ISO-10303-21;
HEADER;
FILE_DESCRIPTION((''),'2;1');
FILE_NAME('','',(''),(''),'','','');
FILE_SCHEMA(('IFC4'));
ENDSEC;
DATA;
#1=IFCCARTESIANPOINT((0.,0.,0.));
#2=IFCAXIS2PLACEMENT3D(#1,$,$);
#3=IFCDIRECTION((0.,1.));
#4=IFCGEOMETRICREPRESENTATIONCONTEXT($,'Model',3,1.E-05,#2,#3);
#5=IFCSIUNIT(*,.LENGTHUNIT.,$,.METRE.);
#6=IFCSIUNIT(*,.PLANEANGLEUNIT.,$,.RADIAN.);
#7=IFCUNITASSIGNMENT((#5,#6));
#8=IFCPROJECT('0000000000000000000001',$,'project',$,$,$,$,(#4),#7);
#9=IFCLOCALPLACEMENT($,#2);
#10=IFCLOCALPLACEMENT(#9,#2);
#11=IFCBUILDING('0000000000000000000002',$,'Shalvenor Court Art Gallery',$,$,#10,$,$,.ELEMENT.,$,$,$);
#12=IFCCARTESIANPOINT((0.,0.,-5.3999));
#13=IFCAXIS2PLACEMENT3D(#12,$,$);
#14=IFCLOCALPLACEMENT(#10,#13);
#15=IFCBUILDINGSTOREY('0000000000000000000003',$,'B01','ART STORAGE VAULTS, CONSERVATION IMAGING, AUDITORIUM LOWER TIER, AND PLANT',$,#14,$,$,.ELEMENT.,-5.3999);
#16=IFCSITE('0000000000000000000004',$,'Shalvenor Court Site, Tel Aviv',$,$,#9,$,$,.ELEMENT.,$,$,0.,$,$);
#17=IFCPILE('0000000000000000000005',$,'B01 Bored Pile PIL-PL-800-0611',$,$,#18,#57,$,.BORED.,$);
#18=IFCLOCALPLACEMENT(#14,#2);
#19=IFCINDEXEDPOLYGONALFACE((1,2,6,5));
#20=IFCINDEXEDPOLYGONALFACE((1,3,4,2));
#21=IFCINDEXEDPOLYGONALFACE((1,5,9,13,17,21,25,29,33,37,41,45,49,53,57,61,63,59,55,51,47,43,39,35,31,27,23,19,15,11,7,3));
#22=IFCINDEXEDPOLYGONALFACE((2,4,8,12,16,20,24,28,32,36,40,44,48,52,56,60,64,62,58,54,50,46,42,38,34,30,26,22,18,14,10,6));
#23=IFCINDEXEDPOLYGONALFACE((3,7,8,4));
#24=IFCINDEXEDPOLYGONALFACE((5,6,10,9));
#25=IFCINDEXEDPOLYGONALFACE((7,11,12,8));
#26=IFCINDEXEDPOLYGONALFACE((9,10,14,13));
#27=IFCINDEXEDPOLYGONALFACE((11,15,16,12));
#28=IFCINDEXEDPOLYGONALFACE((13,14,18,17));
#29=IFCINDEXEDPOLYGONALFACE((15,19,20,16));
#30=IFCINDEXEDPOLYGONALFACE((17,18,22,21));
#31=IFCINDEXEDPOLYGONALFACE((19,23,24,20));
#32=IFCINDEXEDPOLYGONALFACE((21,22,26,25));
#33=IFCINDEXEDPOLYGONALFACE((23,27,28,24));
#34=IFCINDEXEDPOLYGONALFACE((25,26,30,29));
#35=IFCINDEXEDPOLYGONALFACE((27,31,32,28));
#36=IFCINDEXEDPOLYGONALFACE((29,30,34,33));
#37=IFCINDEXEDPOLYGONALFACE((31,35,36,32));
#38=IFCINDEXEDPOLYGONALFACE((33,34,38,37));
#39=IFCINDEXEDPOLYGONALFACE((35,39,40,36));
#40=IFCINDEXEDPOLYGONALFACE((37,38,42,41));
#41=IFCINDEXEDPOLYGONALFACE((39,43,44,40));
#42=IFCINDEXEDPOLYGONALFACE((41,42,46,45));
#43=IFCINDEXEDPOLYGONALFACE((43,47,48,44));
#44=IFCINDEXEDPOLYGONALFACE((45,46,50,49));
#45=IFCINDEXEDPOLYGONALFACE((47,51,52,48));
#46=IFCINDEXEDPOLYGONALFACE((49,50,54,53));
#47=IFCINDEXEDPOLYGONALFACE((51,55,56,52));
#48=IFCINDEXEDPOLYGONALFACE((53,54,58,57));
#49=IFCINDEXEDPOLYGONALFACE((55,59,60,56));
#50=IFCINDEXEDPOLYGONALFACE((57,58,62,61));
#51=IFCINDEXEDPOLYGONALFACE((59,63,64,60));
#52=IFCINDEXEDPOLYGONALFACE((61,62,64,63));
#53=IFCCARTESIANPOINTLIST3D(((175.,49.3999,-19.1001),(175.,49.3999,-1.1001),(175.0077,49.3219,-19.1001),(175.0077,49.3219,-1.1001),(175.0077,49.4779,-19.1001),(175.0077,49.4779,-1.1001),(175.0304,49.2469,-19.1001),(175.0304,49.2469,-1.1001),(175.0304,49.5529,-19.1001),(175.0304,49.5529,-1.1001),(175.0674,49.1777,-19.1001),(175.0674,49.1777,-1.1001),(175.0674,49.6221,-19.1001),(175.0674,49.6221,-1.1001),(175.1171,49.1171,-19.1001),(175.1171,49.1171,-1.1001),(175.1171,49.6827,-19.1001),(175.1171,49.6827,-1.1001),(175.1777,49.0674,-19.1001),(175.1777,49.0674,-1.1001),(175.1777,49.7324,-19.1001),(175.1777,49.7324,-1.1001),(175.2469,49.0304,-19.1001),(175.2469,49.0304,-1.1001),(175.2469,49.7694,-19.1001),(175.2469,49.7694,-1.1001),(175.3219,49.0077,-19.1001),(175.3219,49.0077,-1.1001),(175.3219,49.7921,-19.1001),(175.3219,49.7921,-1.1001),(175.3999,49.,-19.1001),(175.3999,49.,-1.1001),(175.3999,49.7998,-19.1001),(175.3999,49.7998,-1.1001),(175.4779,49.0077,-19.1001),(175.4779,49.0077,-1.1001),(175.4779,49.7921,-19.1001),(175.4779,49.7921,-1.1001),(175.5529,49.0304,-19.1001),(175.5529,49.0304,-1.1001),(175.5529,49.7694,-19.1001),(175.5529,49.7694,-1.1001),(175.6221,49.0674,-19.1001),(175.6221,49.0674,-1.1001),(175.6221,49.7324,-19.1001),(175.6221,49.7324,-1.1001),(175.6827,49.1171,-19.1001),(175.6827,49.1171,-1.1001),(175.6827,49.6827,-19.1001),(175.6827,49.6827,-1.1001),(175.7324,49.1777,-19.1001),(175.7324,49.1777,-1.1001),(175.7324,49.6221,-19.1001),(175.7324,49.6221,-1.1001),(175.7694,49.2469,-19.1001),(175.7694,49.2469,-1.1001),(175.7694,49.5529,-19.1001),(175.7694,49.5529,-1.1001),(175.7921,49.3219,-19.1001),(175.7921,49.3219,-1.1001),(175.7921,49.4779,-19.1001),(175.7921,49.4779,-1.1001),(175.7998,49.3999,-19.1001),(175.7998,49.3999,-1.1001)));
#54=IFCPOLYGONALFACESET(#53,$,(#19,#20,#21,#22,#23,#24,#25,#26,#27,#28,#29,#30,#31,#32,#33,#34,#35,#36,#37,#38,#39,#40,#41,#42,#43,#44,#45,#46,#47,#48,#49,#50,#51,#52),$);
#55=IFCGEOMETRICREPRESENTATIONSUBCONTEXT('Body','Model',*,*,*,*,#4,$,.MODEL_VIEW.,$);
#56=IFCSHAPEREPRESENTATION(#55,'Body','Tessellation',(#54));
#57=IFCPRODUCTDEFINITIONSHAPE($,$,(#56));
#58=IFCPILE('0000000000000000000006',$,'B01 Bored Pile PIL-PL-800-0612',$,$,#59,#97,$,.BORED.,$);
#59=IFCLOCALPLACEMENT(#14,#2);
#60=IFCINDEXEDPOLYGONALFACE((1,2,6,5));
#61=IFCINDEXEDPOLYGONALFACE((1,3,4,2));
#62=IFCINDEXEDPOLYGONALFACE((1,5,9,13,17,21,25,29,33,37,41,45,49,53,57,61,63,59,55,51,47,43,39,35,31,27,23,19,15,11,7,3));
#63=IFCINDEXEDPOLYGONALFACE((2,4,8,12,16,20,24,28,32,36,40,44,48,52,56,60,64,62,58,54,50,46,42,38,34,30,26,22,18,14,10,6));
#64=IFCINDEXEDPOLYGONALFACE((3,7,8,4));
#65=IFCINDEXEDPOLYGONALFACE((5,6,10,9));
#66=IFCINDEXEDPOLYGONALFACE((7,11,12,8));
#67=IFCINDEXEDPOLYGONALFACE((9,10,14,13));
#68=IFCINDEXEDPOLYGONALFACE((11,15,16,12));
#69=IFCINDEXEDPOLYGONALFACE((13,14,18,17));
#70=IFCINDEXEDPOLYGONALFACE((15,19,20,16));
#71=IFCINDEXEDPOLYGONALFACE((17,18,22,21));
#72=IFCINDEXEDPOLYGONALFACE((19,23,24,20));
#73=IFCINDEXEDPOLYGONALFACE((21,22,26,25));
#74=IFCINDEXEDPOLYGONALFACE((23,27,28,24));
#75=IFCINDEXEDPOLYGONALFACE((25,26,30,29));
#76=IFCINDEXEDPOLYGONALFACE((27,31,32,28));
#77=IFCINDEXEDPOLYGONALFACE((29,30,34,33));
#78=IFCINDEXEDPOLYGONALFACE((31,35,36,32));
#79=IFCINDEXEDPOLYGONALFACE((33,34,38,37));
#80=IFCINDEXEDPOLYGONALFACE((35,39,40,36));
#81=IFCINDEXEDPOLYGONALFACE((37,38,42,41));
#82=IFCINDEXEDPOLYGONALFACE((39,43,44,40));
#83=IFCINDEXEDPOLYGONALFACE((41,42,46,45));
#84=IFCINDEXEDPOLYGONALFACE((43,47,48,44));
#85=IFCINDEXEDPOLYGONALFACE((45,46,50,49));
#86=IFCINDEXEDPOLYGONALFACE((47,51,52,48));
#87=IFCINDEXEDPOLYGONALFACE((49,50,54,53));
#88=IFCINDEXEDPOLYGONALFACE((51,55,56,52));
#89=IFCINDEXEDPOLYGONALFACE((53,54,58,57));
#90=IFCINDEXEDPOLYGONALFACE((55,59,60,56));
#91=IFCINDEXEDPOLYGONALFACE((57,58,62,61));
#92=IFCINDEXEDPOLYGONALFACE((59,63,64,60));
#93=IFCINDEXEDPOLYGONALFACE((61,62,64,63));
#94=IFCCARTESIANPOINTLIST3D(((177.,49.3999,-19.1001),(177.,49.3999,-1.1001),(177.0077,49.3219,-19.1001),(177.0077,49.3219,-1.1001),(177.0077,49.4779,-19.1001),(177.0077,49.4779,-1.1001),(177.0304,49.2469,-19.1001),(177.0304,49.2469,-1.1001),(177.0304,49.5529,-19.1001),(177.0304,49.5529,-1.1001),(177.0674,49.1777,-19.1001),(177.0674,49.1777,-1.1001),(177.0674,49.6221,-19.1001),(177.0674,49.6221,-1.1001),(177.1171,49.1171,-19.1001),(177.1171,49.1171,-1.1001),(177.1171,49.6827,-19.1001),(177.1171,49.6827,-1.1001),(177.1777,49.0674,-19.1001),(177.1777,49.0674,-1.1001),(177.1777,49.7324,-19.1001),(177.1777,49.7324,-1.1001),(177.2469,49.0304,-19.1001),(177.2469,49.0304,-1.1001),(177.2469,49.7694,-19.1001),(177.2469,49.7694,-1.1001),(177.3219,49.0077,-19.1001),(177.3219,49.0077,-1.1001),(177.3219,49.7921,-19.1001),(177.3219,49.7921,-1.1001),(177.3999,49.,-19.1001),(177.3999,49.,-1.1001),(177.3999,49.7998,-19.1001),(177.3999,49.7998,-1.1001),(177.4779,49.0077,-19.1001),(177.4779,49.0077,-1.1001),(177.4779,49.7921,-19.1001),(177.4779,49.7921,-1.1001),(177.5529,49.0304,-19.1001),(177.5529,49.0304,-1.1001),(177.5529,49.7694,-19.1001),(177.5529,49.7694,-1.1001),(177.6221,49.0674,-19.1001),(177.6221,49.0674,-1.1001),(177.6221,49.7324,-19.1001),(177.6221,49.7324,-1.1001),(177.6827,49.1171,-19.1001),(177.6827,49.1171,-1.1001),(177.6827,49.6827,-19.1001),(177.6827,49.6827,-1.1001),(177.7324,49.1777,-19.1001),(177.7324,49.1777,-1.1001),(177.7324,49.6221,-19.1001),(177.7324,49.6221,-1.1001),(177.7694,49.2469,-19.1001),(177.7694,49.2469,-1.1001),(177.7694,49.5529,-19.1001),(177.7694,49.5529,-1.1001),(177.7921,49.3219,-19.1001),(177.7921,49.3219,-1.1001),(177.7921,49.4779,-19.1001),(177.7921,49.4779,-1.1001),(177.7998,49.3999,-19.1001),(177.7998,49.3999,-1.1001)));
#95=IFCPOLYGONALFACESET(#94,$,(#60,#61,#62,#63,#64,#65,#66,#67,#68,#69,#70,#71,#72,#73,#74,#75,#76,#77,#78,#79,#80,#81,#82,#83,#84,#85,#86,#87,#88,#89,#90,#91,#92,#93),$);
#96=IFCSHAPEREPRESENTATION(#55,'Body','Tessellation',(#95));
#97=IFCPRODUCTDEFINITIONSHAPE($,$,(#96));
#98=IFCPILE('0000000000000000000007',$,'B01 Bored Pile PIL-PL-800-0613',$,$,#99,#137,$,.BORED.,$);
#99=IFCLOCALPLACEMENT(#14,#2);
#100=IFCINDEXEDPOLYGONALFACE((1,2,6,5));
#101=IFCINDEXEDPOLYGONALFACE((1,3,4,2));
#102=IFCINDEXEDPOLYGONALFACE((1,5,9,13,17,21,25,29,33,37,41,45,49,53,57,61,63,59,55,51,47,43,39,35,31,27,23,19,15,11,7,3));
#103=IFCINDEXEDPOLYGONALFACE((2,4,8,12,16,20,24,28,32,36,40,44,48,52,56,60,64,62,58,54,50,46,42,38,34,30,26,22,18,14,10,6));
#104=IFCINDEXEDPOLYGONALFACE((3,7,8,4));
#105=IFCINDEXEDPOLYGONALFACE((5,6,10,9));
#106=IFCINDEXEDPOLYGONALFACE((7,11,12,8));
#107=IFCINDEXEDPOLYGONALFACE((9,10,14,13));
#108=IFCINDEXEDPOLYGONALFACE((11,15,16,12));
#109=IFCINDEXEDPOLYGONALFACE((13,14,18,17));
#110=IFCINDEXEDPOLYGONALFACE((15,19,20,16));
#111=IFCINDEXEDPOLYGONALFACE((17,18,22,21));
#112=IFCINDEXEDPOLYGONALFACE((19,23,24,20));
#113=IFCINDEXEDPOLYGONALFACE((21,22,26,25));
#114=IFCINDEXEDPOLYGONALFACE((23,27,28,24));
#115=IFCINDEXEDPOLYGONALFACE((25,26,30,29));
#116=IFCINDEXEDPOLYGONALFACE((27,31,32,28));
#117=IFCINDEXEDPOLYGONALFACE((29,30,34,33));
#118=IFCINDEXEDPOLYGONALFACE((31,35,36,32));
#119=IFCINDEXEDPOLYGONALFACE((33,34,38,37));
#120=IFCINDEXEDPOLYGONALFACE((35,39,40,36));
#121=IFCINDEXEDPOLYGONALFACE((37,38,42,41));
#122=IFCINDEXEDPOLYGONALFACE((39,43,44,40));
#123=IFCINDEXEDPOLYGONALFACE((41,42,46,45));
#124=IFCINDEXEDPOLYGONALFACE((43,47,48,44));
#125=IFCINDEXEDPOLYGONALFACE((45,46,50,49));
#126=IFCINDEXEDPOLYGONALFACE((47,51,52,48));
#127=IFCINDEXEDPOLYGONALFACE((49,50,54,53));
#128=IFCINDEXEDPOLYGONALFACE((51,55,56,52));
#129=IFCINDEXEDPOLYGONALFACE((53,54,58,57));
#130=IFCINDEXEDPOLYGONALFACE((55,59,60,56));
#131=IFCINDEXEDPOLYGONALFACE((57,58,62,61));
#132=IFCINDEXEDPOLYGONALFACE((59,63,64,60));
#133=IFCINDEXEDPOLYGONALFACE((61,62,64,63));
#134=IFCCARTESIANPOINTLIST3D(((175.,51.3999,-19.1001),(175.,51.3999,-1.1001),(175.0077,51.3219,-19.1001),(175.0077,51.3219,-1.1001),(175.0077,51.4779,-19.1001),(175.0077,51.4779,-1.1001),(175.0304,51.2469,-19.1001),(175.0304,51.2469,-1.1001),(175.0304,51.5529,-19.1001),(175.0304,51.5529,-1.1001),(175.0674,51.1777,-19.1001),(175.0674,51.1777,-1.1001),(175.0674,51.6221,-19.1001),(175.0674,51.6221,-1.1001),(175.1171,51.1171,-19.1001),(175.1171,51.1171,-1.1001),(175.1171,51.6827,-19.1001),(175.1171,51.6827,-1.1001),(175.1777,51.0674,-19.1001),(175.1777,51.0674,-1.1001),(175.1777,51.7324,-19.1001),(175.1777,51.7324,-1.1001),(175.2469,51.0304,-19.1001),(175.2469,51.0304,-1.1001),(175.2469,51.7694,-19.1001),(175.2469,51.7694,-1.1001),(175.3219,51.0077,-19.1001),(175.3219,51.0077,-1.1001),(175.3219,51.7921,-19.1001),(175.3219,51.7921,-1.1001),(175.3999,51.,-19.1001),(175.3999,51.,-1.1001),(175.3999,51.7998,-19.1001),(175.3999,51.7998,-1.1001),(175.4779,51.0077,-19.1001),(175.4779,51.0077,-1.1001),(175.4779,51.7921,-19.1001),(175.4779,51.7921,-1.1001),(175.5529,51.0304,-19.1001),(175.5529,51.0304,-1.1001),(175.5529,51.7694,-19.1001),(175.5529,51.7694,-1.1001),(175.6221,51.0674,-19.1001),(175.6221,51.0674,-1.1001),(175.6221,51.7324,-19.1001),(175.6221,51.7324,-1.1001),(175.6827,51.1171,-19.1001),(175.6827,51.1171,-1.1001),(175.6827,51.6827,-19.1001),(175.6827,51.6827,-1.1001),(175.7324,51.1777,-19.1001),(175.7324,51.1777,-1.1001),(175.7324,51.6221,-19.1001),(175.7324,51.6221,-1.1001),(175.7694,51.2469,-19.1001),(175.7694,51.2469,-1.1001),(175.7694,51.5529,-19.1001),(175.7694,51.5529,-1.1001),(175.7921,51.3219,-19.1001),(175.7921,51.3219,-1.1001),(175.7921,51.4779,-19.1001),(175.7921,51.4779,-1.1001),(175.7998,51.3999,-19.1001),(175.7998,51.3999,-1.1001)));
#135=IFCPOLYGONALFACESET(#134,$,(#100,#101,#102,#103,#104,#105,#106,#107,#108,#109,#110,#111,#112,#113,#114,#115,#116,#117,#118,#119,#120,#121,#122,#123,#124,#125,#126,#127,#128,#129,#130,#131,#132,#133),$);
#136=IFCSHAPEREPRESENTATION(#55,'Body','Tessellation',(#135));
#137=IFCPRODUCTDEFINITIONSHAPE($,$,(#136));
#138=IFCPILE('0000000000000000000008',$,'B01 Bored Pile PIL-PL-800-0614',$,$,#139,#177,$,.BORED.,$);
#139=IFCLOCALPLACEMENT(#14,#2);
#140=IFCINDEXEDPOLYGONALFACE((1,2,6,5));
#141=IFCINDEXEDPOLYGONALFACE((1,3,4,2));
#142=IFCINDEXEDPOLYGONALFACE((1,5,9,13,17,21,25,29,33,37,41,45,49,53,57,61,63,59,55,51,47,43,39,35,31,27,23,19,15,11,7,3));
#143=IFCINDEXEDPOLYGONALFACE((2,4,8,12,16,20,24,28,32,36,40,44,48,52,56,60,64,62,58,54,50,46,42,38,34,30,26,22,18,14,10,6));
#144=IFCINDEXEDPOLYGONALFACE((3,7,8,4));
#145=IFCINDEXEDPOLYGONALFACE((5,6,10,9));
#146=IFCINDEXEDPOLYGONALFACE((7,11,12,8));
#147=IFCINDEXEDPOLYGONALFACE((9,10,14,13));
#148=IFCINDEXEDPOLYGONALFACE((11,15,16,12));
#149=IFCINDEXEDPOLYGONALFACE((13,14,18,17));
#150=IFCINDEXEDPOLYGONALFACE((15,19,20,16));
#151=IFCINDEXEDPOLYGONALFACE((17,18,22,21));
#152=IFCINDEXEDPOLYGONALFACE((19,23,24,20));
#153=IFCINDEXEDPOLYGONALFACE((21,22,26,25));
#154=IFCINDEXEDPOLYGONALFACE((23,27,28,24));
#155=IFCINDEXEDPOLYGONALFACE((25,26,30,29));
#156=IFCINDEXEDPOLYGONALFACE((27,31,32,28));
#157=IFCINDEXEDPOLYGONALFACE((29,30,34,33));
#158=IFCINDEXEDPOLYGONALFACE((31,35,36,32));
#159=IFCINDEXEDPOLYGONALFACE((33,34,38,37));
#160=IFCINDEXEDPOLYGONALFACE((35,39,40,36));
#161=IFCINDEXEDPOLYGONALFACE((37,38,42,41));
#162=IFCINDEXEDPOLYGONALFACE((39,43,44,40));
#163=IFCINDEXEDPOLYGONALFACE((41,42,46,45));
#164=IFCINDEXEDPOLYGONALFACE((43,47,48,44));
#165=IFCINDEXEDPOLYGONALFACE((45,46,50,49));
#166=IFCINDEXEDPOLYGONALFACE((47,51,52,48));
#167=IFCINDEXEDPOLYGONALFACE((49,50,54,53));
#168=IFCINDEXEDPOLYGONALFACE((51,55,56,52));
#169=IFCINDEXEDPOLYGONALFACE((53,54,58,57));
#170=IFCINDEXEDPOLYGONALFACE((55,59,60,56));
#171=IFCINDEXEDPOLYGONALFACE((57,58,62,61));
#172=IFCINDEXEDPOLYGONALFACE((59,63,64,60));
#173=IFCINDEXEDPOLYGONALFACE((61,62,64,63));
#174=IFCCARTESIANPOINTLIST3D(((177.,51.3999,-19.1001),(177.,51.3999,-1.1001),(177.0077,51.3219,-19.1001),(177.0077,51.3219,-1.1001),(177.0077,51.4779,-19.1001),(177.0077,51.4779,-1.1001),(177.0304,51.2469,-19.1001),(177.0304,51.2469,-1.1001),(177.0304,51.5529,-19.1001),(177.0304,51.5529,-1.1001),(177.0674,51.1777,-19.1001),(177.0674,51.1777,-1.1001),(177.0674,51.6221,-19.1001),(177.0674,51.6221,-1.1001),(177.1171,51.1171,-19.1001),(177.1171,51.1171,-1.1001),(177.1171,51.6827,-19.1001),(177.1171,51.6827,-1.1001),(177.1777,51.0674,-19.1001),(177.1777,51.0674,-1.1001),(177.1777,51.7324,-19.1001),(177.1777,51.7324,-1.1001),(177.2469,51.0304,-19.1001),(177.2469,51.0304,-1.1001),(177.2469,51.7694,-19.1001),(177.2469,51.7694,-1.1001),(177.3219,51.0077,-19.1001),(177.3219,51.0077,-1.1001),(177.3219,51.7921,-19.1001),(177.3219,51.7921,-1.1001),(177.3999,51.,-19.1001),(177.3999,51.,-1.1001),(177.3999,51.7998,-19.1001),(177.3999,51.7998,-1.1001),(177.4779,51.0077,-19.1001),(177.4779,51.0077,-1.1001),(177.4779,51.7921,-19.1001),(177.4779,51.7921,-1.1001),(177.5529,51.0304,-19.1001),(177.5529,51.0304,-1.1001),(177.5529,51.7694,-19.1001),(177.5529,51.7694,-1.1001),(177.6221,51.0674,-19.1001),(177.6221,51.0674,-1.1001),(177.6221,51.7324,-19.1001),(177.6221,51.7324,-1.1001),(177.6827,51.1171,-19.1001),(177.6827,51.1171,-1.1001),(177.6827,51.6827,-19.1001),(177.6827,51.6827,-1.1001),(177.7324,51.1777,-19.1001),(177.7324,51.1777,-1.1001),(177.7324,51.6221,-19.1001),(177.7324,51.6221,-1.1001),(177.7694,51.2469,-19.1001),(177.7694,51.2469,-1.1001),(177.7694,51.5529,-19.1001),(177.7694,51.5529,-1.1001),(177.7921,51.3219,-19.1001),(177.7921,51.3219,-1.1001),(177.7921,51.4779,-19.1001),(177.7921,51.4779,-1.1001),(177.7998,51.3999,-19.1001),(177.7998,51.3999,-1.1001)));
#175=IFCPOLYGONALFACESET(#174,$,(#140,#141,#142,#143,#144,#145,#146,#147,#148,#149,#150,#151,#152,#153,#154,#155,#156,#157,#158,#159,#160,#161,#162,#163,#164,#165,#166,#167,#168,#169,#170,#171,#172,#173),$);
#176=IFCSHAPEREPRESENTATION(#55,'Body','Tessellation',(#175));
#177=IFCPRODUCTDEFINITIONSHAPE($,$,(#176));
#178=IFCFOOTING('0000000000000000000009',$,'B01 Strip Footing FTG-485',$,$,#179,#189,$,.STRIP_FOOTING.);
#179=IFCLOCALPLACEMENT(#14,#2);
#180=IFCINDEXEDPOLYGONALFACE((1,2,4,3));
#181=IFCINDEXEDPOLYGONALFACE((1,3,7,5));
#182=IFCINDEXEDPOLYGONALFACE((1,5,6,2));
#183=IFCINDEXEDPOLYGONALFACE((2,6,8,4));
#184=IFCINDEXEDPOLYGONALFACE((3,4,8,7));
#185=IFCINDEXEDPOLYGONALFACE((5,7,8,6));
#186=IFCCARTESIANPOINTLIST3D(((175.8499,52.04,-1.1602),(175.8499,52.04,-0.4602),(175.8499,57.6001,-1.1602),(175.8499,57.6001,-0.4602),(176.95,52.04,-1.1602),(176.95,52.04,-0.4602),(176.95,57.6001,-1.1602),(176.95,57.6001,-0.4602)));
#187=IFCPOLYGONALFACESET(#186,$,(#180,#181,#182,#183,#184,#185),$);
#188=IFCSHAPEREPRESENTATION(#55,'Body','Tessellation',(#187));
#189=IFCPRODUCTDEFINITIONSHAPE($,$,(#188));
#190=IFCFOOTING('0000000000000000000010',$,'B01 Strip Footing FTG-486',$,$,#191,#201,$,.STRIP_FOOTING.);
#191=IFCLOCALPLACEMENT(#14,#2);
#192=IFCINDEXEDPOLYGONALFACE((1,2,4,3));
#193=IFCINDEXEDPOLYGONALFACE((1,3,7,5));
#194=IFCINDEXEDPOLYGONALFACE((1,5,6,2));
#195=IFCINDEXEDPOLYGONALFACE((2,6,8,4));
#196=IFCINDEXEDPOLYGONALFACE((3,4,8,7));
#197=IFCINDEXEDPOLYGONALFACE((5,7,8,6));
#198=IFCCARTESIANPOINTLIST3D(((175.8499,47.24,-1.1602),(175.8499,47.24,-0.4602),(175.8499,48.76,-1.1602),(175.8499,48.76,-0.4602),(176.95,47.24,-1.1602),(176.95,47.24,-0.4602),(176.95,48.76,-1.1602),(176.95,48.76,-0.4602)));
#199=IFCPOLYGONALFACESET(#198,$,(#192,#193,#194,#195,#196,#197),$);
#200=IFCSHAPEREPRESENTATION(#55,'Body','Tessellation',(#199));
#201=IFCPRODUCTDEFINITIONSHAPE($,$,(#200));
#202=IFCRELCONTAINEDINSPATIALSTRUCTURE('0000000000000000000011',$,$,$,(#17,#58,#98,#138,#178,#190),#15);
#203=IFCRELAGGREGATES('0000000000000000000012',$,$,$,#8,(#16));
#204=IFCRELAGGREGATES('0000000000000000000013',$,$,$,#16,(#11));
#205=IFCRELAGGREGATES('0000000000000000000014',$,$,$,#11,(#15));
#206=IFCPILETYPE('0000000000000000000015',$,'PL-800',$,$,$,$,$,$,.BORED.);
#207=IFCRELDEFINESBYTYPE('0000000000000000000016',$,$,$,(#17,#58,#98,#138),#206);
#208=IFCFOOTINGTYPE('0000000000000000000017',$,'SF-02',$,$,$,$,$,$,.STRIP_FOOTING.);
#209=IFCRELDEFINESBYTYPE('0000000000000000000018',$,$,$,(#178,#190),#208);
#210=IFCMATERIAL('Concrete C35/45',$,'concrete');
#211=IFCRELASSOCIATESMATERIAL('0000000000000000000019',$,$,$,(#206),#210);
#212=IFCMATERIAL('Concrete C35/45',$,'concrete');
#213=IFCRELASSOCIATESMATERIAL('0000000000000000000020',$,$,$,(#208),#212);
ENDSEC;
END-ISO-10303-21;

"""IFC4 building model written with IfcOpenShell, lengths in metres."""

from ifc_helpers import new_model, si_unit, direction, frame, origin, origin_2d, place, context, subcontext, project, spatial, rectangle, circle, extrude, material, material_profile, profile_set, type_object, element, save


model = new_model("IFC4")

# Units and contexts
model_context = context("Model", 3, precision=1e-05, world=origin(), true_north=direction((0.0, 1.0)))
body_context = subcontext(model_context, "Body", "Model", "MODEL_VIEW")
ifc_project = project(units=[si_unit("LENGTHUNIT", "METRE"), si_unit("PLANEANGLEUNIT", "RADIAN")], contexts=[model_context])

# Site, building, storey
site_placement = place(None, origin())
site = spatial("IfcSite", under=ifc_project, at=site_placement, Name="Shalvenor Court Site, Tel Aviv", CompositionType="ELEMENT", RefElevation=0.0)
building_placement = place(site_placement, origin())
building = spatial("IfcBuilding", under=site, at=building_placement, Name="Shalvenor Court Art Gallery", CompositionType="ELEMENT")
storey_placement = place(building_placement, frame((0.0, 0.0, -5.3999)))
storey = spatial("IfcBuildingStorey", under=building, at=storey_placement, Name="B01", Description="ART STORAGE VAULTS, CONSERVATION IMAGING, AUDITORIUM LOWER TIER, AND PLANT", CompositionType="ELEMENT", Elevation=-5.3999)

# Piles
ifc_material_1 = material(Name="Concrete C35/45", Category="concrete")
ifc_material_profile_1 = material_profile(ifc_material_1, circle(Radius=0.3999, at=origin_2d()), Name="PILE 800")
ifc_profile_set_1 = profile_set([ifc_material_profile_1], Name="Concrete C35/45")
pile_type_1 = type_object("IfcPileType", Name="PL-800", PredefinedType="BORED", material=ifc_profile_set_1)
for number, where, z_axis, x_axis, name in (
    (1, (175.3999, 49.3999, -1.1001), (0.0, 0.0, -1.0), (1.0, 0.0, 0.0), "B01 Bored Pile PIL-PL-800-0611"),
    (2, (177.3999, 49.3999, -1.1001), (0.0, 0.0, -1.0), (1.0, 0.0, 0.0), "B01 Bored Pile PIL-PL-800-0612"),
    (3, (175.3999, 51.3999, -1.1001), (0.0, 0.0, -1.0), (1.0, 0.0, 0.0), "B01 Bored Pile PIL-PL-800-0613"),
    (4, (177.3999, 51.3999, -1.1001), (0.0, 0.0, -1.0), (1.0, 0.0, 0.0), "B01 Bored Pile PIL-PL-800-0614"),
):
    element("IfcPile", number, at=place(storey_placement, frame(where, z_axis=z_axis, x_axis=x_axis)), inside=storey, type_object=pile_type_1, Name=name, PredefinedType="BORED", context=body_context, shape_type="SweptSolid", body=[
        extrude(circle(Radius=0.3999, at=origin_2d()), origin(), (0.0, 0.0, 1.0), 18.0),
    ])

# Footings
ifc_material_2 = material(Name="Concrete C35/45", Category="concrete")
footing_type_1 = type_object("IfcFootingType", Name="SF-02", PredefinedType="STRIP_FOOTING", material=ifc_material_2)
footing_1_placement = place(storey_placement, frame((176.3999, 54.8201, -1.1602), z_axis=(0.0, 0.0, 1.0), x_axis=(0.0, 1.0, 0.0)))
element("IfcFooting", 5, at=footing_1_placement, inside=storey, type_object=footing_type_1, Name="B01 Strip Footing FTG-485", PredefinedType="STRIP_FOOTING", context=body_context, shape_type="SweptSolid", body=[
    extrude(rectangle(XDim=5.5601, YDim=1.1001, at=origin_2d()), origin(), (0.0, 0.0, 1.0), 0.7),
])
footing_2_placement = place(storey_placement, frame((176.3999, 48.0, -1.1602), z_axis=(0.0, 0.0, 1.0), x_axis=(0.0, 1.0, 0.0)))
element("IfcFooting", 6, at=footing_2_placement, inside=storey, type_object=footing_type_1, Name="B01 Strip Footing FTG-486", PredefinedType="STRIP_FOOTING", context=body_context, shape_type="SweptSolid", body=[
    extrude(rectangle(XDim=1.52, YDim=1.1001, at=origin_2d()), origin(), (0.0, 0.0, 1.0), 0.7),
])

save(model, "model.ifc")
